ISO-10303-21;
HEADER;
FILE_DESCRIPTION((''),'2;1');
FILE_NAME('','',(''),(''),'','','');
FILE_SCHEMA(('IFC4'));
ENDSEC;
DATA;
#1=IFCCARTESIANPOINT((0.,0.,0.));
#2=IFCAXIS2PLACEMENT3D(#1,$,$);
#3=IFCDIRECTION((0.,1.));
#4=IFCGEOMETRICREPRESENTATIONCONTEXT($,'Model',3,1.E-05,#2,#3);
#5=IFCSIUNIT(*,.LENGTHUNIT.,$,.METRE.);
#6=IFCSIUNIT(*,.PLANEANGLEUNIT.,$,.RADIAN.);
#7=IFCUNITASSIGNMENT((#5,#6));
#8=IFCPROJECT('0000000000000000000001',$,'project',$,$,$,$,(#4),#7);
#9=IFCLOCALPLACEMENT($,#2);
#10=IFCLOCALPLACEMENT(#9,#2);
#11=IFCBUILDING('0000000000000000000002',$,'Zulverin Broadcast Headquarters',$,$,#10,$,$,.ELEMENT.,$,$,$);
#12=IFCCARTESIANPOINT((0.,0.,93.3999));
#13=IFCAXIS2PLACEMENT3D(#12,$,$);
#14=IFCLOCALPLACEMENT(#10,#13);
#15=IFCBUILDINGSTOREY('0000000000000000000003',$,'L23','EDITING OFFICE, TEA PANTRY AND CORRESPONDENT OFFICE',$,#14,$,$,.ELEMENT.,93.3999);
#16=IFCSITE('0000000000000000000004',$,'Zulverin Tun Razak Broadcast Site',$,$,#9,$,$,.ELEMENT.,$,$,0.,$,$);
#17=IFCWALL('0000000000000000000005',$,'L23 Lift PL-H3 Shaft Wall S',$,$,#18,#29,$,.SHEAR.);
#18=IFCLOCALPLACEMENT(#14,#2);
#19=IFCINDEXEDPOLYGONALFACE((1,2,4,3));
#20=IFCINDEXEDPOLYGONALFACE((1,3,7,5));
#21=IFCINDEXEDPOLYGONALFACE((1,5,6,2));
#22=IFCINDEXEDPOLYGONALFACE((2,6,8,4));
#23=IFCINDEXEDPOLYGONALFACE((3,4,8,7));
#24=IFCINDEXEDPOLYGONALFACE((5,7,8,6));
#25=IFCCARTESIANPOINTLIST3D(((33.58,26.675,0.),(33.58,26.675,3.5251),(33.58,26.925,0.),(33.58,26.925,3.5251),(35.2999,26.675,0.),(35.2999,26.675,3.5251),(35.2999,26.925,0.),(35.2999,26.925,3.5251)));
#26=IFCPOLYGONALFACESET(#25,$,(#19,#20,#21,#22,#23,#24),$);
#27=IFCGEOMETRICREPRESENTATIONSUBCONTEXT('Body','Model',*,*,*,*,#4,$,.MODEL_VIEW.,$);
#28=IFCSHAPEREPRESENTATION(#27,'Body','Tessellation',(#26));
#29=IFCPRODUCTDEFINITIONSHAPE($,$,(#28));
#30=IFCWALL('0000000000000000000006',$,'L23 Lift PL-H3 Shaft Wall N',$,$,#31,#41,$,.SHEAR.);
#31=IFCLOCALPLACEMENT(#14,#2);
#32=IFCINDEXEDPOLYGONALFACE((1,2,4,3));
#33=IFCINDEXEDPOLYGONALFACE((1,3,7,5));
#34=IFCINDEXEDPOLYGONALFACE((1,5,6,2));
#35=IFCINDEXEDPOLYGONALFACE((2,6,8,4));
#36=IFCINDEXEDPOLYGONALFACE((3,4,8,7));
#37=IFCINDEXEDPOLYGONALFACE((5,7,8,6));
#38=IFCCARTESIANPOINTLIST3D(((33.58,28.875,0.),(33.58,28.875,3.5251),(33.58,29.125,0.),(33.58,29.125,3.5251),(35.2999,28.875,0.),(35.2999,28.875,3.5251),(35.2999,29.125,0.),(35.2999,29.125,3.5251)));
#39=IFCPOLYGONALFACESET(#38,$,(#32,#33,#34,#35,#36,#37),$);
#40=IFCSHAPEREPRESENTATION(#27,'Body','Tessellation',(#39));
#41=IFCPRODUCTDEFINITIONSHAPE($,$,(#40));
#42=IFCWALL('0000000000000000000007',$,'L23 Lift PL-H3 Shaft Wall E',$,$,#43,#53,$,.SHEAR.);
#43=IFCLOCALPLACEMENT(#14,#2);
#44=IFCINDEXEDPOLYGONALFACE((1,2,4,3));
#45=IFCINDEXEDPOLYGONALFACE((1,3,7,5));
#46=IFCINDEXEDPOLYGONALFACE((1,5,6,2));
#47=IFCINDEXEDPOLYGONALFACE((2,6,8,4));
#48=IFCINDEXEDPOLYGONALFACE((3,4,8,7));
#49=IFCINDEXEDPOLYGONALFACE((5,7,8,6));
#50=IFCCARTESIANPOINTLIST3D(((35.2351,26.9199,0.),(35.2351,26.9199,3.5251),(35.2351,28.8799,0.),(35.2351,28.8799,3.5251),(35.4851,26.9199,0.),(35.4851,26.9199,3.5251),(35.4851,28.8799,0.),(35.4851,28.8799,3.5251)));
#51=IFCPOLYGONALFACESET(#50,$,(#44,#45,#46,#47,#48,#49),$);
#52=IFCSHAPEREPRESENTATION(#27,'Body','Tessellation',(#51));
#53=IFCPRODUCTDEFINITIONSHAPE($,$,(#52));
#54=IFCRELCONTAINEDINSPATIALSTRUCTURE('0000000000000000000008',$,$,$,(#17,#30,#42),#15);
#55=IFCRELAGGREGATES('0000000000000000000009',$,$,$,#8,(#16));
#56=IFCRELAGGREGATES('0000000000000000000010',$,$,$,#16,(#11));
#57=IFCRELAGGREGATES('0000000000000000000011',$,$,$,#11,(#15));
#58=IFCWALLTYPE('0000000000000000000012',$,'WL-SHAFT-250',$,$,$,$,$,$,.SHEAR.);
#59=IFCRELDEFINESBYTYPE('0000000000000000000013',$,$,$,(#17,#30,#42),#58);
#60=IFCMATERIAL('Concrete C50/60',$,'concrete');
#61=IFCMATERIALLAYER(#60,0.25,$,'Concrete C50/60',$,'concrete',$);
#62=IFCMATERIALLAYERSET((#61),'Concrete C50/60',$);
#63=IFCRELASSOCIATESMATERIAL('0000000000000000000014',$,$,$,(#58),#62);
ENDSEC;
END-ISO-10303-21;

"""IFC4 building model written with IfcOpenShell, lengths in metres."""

from ifc_helpers import new_model, si_unit, direction, frame, frame_2d, origin, place, context, subcontext, project, spatial, rectangle, extrude, material, layer, layer_set, type_object, element, save


model = new_model("IFC4")

# Units and contexts
model_context = context("Model", 3, precision=1e-05, world=origin(), true_north=direction((0.0, 1.0)))
body_context = subcontext(model_context, "Body", "Model", "MODEL_VIEW")
ifc_project = project(units=[si_unit("LENGTHUNIT", "METRE"), si_unit("PLANEANGLEUNIT", "RADIAN")], contexts=[model_context])

# Site, building, storey
site_placement = place(None, origin())
site = spatial("IfcSite", under=ifc_project, at=site_placement, Name="Zulverin Tun Razak Broadcast Site", CompositionType="ELEMENT", RefElevation=0.0)
building_placement = place(site_placement, origin())
building = spatial("IfcBuilding", under=site, at=building_placement, Name="Zulverin Broadcast Headquarters", CompositionType="ELEMENT")
storey_placement = place(building_placement, frame((0.0, 0.0, 93.3999)))
storey = spatial("IfcBuildingStorey", under=building, at=storey_placement, Name="L23", Description="EDITING OFFICE, TEA PANTRY AND CORRESPONDENT OFFICE", CompositionType="ELEMENT", Elevation=93.3999)

# Walls
ifc_material_1 = material(Name="Concrete C50/60", Category="concrete")
ifc_layer_1 = layer(ifc_material_1, 0.25, Name="Concrete C50/60", Category="concrete")
ifc_layer_set_1 = layer_set([ifc_layer_1], Name="Concrete C50/60")
wall_type_1 = type_object("IfcWallType", Name="WL-SHAFT-250", PredefinedType="SHEAR", material=ifc_layer_set_1)
for number, where, z_axis, x_axis, name in (
    (1, (33.5801, 26.8, 0.0), (0.0, 0.0, 1.0), (1.0, 0.0, 0.0), "L23 Lift PL-H3 Shaft Wall S"),
    (2, (33.5801, 29.0, 0.0), (0.0, 0.0, 1.0), (1.0, 0.0, 0.0), "L23 Lift PL-H3 Shaft Wall N"),
):
    element("IfcWall", number, at=place(storey_placement, frame(where, z_axis=z_axis, x_axis=x_axis)), inside=storey, type_object=wall_type_1, Name=name, PredefinedType="SHEAR", context=body_context, shape_type="SweptSolid", body=[
        extrude(rectangle(XDim=1.72, YDim=0.25, at=frame_2d((0.8599, 0.0))), origin(), (0.0, 0.0, 1.0), 3.5251),
    ])
wall_1_placement = place(storey_placement, frame((35.3601, 26.9199, 0.0), z_axis=(0.0, 0.0, 1.0), x_axis=(0.0, 1.0, 0.0)))
element("IfcWall", 3, at=wall_1_placement, inside=storey, type_object=wall_type_1, Name="L23 Lift PL-H3 Shaft Wall E", PredefinedType="SHEAR", context=body_context, shape_type="SweptSolid", body=[
    extrude(rectangle(XDim=1.96, YDim=0.25, at=frame_2d((0.98, 0.0))), origin(), (0.0, 0.0, 1.0), 3.5251),
])

save(model, "model.ifc")
